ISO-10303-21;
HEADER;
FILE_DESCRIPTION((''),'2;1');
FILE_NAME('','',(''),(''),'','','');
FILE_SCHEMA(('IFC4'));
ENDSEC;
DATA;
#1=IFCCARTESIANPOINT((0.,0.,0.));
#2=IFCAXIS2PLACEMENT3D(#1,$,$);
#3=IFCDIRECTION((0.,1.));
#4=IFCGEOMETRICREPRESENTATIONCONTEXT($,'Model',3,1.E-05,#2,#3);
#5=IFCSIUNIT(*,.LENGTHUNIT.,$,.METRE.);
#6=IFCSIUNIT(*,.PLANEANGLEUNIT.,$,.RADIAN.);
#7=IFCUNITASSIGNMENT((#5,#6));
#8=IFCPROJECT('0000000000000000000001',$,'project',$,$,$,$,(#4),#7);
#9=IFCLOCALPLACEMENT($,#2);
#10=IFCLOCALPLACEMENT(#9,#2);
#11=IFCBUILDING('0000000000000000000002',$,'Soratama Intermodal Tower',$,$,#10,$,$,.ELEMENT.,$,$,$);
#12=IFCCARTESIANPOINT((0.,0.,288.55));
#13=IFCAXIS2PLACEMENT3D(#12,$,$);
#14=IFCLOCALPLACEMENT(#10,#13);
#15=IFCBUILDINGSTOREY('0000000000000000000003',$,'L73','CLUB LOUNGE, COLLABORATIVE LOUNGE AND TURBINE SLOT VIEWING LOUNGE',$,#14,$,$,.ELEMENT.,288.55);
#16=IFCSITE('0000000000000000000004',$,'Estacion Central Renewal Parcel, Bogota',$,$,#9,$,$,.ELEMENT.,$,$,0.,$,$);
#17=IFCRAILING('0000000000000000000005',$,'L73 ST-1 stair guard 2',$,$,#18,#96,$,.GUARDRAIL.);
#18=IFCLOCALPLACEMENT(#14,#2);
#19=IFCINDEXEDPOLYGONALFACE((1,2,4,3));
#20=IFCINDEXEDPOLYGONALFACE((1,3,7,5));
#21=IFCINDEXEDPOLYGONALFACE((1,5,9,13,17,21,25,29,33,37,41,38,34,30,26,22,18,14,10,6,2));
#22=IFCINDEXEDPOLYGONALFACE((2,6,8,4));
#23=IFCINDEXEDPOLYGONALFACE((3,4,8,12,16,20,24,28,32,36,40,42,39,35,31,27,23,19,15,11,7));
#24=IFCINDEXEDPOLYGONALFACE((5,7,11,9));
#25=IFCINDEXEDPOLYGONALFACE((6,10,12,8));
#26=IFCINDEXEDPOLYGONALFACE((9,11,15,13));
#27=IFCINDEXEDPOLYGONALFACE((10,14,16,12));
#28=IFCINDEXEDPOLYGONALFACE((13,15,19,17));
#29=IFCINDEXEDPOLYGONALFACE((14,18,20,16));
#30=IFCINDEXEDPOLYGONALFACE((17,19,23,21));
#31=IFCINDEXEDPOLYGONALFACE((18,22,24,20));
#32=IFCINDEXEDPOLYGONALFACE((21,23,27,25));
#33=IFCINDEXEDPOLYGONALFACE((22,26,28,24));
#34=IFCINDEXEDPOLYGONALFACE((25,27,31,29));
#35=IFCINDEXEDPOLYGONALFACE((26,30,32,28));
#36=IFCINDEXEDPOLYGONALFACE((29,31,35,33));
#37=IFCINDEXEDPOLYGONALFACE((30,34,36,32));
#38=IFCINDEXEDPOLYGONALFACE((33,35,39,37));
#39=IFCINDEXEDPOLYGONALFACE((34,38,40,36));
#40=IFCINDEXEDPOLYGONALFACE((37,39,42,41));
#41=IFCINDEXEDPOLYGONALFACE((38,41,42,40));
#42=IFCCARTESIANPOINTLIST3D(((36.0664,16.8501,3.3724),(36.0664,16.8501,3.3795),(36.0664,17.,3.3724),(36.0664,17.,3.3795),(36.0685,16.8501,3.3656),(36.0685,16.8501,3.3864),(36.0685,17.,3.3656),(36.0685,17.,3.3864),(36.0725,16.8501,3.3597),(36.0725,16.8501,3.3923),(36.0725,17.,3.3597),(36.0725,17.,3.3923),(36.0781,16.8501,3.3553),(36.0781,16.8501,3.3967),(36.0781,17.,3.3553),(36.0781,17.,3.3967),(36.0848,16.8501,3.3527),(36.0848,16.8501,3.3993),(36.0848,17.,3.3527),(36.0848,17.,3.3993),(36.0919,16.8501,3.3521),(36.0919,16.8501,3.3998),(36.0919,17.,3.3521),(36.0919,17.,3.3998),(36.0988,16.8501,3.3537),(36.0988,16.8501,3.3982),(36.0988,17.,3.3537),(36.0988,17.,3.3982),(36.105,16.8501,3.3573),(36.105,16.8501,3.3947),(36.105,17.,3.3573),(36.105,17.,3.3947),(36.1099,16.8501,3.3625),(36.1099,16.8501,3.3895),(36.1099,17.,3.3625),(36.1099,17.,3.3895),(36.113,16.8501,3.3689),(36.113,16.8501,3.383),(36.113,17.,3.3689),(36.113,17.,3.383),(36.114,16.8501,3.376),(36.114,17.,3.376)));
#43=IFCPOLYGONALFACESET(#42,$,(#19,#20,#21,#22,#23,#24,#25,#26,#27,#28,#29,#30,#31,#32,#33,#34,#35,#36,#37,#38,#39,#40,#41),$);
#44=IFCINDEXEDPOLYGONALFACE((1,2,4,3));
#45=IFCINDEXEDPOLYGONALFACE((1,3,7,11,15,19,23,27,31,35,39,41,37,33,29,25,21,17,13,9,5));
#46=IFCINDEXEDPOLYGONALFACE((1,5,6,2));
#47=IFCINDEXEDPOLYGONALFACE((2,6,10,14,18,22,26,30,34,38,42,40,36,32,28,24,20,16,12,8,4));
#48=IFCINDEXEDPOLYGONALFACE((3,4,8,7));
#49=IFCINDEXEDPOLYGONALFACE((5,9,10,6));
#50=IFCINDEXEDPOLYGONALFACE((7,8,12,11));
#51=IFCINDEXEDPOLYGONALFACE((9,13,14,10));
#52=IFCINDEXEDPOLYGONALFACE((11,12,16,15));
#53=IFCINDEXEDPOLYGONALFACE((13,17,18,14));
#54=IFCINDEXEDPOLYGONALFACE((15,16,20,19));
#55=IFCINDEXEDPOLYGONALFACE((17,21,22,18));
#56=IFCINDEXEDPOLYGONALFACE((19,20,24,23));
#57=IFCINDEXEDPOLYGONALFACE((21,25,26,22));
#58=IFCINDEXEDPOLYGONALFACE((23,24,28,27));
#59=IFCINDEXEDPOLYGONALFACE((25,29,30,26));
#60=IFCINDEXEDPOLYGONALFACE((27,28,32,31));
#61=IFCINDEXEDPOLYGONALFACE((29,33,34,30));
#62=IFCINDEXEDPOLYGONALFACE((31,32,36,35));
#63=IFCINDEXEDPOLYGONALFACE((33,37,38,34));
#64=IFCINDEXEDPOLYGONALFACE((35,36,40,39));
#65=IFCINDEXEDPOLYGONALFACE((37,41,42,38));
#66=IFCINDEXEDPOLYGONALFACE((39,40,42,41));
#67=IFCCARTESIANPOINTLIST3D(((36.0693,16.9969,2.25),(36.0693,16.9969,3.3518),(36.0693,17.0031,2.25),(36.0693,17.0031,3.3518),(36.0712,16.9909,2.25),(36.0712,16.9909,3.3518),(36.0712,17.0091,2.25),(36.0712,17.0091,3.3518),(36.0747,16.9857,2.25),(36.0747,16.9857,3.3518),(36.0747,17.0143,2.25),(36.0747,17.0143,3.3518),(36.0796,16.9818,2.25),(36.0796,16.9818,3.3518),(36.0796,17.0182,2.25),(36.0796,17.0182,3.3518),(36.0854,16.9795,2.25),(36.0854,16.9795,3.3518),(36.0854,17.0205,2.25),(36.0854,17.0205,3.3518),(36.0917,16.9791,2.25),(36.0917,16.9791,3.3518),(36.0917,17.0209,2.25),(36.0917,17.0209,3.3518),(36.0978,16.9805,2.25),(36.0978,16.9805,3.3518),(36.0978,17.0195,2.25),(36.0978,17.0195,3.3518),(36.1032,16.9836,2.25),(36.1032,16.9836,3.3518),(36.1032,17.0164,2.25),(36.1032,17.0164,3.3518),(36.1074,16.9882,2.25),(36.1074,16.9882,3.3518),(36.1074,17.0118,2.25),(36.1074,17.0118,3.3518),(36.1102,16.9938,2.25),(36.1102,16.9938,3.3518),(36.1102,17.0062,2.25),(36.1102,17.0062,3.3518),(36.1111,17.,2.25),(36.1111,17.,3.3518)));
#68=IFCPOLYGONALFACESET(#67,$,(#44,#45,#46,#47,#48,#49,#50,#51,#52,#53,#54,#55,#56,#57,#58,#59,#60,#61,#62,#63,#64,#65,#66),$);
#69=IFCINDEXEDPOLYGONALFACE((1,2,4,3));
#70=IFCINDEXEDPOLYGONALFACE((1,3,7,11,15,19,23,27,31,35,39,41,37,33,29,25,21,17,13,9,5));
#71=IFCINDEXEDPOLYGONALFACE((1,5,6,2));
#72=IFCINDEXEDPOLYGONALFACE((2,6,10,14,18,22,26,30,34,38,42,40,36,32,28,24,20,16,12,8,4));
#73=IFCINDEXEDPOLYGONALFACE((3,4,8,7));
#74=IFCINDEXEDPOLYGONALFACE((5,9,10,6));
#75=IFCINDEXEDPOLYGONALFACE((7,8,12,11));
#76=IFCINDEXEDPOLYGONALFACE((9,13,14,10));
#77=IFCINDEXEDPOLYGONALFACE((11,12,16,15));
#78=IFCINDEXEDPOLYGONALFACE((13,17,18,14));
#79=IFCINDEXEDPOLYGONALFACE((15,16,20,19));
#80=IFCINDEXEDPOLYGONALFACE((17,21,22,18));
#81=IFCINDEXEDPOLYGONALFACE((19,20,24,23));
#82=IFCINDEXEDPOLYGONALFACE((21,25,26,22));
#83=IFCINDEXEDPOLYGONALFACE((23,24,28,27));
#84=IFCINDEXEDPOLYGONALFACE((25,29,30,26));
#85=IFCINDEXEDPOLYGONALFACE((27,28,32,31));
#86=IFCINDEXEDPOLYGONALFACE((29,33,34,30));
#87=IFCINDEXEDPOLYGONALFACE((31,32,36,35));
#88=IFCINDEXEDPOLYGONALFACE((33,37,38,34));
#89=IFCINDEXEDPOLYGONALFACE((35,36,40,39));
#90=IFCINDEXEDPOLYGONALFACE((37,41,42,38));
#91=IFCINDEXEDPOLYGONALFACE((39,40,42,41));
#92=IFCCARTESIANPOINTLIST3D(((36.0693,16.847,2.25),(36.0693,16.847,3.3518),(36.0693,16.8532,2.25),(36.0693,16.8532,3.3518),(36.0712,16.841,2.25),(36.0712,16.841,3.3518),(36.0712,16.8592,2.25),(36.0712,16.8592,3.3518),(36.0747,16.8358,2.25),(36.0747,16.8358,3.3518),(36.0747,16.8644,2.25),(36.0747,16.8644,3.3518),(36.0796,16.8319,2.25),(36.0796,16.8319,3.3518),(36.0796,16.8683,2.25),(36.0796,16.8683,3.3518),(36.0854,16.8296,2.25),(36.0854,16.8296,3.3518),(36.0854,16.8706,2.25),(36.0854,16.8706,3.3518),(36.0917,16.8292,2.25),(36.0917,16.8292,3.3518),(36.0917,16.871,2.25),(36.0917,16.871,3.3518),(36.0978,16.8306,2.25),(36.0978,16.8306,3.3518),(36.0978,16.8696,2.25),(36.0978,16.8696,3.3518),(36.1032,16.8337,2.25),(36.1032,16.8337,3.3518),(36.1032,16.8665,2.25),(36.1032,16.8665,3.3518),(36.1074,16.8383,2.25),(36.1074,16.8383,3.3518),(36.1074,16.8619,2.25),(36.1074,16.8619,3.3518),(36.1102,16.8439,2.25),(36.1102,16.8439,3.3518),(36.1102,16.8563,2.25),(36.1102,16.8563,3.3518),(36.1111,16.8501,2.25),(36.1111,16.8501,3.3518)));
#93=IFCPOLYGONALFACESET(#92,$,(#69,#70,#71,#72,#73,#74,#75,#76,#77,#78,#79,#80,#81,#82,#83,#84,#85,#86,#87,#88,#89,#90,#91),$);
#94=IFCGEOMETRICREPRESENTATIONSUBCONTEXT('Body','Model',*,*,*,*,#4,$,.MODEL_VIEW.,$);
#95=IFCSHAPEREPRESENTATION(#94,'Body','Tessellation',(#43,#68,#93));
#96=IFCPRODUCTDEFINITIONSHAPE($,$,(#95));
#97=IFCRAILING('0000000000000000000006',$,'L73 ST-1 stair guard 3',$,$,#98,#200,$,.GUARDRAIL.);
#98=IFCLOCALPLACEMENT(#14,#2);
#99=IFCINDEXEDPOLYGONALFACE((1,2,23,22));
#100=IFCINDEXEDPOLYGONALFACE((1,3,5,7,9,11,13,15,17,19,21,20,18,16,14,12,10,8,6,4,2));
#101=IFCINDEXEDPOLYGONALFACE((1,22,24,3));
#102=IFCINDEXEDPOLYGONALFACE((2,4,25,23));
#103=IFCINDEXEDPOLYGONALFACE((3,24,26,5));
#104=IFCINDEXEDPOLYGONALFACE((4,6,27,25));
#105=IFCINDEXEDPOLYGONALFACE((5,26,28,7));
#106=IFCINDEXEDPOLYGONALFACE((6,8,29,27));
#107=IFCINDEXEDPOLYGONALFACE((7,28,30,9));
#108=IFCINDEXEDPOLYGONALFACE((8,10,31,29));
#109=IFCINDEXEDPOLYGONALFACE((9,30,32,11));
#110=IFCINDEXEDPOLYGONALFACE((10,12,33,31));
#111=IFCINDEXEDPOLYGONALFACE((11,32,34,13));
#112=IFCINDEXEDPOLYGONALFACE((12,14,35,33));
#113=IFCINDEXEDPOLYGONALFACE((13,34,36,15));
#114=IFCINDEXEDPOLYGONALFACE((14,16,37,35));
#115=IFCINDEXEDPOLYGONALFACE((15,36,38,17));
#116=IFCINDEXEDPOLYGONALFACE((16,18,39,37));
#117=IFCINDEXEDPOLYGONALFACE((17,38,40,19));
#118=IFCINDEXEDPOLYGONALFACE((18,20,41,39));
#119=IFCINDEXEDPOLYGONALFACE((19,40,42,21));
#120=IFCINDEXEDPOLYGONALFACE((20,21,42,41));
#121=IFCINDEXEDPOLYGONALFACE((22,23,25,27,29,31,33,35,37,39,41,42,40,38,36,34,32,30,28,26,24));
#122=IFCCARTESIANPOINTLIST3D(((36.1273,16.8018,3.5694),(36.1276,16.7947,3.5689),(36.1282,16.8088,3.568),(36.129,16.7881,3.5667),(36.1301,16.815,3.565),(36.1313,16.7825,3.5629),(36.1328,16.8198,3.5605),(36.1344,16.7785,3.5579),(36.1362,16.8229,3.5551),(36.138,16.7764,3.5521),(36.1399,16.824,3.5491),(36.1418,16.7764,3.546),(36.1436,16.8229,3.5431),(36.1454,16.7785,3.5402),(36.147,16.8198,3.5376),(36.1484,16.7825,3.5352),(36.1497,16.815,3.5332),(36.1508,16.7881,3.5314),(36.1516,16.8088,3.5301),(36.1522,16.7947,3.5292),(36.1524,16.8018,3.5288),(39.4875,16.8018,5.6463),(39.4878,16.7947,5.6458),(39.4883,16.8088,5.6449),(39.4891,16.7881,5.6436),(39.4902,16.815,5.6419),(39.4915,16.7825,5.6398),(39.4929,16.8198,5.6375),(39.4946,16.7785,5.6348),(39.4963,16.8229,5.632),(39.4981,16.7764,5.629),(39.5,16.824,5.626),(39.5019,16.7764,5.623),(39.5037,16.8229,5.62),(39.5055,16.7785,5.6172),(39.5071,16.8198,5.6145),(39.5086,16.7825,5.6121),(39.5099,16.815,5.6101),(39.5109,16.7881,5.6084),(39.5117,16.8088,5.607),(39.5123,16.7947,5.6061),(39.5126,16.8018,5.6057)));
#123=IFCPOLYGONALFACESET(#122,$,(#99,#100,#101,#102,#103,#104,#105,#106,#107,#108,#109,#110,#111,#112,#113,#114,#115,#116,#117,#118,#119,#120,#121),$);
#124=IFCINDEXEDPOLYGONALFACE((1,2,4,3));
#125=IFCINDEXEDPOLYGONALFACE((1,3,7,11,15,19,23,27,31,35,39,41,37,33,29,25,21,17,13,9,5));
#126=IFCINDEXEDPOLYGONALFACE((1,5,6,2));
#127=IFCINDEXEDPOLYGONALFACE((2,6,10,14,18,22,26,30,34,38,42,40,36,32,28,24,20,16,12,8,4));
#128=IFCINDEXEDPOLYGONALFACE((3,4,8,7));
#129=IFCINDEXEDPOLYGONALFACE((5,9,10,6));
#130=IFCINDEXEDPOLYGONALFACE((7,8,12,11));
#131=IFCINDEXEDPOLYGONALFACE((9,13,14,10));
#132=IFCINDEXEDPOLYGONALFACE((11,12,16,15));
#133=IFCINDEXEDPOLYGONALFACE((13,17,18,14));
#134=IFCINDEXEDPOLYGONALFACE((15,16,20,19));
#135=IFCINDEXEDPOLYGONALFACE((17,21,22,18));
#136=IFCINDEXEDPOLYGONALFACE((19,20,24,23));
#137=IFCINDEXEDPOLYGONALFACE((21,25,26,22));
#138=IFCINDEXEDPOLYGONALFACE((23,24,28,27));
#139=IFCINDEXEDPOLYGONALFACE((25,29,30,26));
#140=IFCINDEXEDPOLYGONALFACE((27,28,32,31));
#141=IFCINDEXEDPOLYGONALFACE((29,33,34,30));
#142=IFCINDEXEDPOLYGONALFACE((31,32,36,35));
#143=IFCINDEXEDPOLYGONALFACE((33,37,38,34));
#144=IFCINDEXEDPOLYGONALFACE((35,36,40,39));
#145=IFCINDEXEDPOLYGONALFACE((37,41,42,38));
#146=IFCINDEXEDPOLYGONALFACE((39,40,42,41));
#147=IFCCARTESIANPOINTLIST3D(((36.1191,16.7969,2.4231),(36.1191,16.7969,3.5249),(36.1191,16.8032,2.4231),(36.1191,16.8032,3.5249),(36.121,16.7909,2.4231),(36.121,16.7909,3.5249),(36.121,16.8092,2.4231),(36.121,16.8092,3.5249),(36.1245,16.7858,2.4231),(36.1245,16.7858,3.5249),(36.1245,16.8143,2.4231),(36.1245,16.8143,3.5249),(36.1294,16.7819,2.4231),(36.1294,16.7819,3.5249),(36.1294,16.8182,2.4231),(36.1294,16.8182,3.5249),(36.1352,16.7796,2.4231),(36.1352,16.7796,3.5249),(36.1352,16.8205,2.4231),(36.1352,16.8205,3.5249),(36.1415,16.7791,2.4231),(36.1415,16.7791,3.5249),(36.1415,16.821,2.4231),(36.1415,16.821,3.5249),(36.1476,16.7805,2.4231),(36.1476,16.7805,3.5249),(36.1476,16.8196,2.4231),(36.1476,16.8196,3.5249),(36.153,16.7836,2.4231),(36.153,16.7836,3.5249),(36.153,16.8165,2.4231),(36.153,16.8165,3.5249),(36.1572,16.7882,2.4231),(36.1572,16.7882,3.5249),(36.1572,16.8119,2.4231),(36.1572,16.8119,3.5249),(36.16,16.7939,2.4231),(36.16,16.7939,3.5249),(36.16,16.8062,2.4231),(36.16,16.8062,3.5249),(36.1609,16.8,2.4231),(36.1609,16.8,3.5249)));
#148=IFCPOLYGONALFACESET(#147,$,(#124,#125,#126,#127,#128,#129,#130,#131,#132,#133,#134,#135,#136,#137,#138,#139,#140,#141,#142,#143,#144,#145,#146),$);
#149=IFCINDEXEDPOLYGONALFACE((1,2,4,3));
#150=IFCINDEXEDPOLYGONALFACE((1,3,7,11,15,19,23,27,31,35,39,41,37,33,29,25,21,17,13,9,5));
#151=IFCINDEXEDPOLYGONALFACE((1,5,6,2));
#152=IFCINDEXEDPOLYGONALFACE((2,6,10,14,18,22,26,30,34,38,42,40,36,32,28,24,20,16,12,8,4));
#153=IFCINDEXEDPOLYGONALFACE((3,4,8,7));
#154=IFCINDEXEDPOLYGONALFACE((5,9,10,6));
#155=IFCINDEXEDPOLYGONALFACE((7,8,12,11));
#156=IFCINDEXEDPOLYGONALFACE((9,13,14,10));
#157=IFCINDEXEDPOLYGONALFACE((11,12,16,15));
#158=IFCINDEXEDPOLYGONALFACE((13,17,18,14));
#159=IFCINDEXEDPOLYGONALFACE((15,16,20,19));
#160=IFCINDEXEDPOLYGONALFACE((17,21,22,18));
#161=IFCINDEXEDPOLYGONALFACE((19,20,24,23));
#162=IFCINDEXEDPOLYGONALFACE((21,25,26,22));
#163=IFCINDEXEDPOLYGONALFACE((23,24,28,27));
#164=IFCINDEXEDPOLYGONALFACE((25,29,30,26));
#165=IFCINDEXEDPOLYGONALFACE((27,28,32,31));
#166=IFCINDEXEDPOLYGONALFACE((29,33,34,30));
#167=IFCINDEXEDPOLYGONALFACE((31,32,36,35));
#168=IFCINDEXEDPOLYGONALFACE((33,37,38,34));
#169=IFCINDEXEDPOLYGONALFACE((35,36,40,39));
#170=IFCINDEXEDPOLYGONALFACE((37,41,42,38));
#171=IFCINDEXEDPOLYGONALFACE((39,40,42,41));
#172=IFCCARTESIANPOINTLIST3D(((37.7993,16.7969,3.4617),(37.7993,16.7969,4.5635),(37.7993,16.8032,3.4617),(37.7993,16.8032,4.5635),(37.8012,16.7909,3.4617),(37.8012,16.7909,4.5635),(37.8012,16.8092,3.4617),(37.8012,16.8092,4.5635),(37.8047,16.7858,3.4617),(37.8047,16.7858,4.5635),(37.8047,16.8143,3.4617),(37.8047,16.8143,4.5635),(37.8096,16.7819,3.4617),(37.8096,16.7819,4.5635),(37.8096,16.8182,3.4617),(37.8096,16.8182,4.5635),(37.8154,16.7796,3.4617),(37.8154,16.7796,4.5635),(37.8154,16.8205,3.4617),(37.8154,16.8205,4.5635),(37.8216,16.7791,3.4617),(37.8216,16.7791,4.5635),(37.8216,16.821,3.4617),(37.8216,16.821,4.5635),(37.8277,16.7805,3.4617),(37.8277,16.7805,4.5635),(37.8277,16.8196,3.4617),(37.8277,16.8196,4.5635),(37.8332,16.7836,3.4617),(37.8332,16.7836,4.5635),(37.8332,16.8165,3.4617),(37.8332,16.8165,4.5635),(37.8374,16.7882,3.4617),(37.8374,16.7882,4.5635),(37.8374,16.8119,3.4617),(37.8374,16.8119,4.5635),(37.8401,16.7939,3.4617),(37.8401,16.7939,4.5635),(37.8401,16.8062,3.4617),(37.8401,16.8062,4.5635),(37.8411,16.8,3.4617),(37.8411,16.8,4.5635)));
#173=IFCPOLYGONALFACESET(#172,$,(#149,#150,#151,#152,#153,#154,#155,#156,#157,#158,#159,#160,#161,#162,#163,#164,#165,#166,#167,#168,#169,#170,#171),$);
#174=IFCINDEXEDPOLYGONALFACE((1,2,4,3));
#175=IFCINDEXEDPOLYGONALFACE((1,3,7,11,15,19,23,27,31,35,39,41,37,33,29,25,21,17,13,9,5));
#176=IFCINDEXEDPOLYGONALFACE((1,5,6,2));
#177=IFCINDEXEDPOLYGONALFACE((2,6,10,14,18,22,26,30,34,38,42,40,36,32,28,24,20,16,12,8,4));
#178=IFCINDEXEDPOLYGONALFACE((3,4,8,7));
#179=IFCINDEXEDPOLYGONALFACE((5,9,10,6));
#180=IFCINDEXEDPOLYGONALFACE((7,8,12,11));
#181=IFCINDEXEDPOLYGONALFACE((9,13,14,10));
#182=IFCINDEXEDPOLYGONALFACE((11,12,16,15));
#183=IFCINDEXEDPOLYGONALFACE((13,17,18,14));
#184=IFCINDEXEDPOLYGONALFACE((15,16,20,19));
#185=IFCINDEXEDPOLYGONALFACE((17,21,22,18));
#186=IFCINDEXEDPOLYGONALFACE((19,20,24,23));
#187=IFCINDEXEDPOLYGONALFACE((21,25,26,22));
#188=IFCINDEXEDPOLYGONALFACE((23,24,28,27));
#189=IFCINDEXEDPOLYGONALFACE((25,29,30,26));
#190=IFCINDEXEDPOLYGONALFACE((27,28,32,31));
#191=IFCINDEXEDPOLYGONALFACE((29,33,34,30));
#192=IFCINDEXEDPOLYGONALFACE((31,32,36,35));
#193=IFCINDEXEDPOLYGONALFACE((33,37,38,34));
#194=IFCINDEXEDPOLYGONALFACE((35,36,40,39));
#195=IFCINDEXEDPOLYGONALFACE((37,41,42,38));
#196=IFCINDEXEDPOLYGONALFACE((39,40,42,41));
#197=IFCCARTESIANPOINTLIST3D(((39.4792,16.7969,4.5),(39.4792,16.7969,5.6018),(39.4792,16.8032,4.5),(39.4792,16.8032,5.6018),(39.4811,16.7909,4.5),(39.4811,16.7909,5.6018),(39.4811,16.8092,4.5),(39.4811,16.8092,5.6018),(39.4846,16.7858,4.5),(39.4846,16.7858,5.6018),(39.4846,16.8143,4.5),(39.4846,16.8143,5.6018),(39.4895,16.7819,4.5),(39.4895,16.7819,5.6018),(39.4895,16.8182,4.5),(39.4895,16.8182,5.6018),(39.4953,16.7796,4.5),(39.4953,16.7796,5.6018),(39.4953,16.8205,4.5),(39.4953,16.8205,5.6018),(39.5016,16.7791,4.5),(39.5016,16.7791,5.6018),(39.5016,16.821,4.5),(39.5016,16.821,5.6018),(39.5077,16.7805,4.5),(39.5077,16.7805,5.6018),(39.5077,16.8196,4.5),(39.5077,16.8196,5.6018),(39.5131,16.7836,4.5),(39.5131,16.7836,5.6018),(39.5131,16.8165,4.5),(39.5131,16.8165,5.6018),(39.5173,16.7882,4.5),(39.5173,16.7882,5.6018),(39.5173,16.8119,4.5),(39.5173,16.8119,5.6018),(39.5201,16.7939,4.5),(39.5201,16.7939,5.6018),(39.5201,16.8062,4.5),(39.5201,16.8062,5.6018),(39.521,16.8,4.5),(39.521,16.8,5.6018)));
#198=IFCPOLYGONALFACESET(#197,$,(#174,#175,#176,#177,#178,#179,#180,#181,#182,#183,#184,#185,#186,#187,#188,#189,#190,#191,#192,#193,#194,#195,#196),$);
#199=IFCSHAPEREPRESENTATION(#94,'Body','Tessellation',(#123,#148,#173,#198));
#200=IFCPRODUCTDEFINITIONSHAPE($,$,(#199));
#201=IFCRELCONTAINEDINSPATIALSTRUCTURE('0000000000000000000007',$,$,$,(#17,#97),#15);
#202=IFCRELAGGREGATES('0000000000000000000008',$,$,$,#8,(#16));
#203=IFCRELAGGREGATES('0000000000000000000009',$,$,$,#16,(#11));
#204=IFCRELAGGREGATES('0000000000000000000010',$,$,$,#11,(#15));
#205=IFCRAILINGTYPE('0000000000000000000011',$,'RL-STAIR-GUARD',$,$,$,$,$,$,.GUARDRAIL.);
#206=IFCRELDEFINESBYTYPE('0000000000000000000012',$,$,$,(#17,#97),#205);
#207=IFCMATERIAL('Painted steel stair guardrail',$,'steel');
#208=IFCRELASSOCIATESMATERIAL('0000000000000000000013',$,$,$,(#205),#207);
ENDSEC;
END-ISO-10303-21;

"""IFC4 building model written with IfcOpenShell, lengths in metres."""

from ifc_helpers import new_model, si_unit, direction, frame, origin, origin_2d, place, context, subcontext, project, spatial, circle, extrude, material, type_object, element, save


model = new_model("IFC4")

# Units and contexts
model_context = context("Model", 3, precision=1e-05, world=origin(), true_north=direction((0.0, 1.0)))
body_context = subcontext(model_context, "Body", "Model", "MODEL_VIEW")
ifc_project = project(units=[si_unit("LENGTHUNIT", "METRE"), si_unit("PLANEANGLEUNIT", "RADIAN")], contexts=[model_context])

# Site, building, storey
site_placement = place(None, origin())
site = spatial("IfcSite", under=ifc_project, at=site_placement, Name="Estacion Central Renewal Parcel, Bogota", CompositionType="ELEMENT", RefElevation=0.0)
building_placement = place(site_placement, origin())
building = spatial("IfcBuilding", under=site, at=building_placement, Name="Soratama Intermodal Tower", CompositionType="ELEMENT")
storey_placement = place(building_placement, frame((0.0, 0.0, 288.55)))
storey = spatial("IfcBuildingStorey", under=building, at=storey_placement, Name="L73", Description="CLUB LOUNGE, COLLABORATIVE LOUNGE AND TURBINE SLOT VIEWING LOUNGE", CompositionType="ELEMENT", Elevation=288.55)

# Railings
ifc_material_1 = material(Name="Painted steel stair guardrail", Category="steel")
railing_type_1 = type_object("IfcRailingType", Name="RL-STAIR-GUARD", PredefinedType="GUARDRAIL", material=ifc_material_1)
railing_1_placement = place(storey_placement, frame((36.0901, 17.0, 2.25)))
element("IfcRailing", 1, at=railing_1_placement, inside=storey, type_object=railing_type_1, Name="L73 ST-1 stair guard 2", PredefinedType="GUARDRAIL", context=body_context, shape_type="SweptSolid", body=[
    extrude(circle(Radius=0.0239, at=origin_2d()), frame((0.0, 0.0, 1.126), z_axis=(0.0, -1.0, 0.0), x_axis=(1.0, 0.0, 0.0)), (0.0, 0.0, 1.0), 0.1499),
    extrude(circle(Radius=0.021, at=origin_2d()), origin(), (0.0, 0.0, 1.0), 1.1018),
    extrude(circle(Radius=0.021, at=origin_2d()), frame((0.0, -0.1499, 0.0)), (0.0, 0.0, 1.0), 1.1018),
])
railing_2_placement = place(storey_placement, frame((36.1399, 16.8, 2.4231)))
element("IfcRailing", 2, at=railing_2_placement, inside=storey, type_object=railing_type_1, Name="L73 ST-1 stair guard 3", PredefinedType="GUARDRAIL", context=body_context, shape_type="SweptSolid", body=[
    extrude(circle(Radius=0.0239, at=origin_2d()), frame((0.0, 0.0, 1.126), z_axis=(0.850623, 0.0, 0.525776), x_axis=(0.0, 1.0, 0.0)), (0.0, 0.0, 1.0), 3.9502),
    extrude(circle(Radius=0.021, at=origin_2d()), origin(), (0.0, 0.0, 1.0), 1.1018),
    extrude(circle(Radius=0.021, at=origin_2d()), frame((1.6802, 0.0, 1.0386)), (0.0, 0.0, 1.0), 1.1018),
    extrude(circle(Radius=0.021, at=origin_2d()), frame((3.3601, 0.0, 2.0769)), (0.0, 0.0, 1.0), 1.1018),
])

save(model, "model.ifc")
